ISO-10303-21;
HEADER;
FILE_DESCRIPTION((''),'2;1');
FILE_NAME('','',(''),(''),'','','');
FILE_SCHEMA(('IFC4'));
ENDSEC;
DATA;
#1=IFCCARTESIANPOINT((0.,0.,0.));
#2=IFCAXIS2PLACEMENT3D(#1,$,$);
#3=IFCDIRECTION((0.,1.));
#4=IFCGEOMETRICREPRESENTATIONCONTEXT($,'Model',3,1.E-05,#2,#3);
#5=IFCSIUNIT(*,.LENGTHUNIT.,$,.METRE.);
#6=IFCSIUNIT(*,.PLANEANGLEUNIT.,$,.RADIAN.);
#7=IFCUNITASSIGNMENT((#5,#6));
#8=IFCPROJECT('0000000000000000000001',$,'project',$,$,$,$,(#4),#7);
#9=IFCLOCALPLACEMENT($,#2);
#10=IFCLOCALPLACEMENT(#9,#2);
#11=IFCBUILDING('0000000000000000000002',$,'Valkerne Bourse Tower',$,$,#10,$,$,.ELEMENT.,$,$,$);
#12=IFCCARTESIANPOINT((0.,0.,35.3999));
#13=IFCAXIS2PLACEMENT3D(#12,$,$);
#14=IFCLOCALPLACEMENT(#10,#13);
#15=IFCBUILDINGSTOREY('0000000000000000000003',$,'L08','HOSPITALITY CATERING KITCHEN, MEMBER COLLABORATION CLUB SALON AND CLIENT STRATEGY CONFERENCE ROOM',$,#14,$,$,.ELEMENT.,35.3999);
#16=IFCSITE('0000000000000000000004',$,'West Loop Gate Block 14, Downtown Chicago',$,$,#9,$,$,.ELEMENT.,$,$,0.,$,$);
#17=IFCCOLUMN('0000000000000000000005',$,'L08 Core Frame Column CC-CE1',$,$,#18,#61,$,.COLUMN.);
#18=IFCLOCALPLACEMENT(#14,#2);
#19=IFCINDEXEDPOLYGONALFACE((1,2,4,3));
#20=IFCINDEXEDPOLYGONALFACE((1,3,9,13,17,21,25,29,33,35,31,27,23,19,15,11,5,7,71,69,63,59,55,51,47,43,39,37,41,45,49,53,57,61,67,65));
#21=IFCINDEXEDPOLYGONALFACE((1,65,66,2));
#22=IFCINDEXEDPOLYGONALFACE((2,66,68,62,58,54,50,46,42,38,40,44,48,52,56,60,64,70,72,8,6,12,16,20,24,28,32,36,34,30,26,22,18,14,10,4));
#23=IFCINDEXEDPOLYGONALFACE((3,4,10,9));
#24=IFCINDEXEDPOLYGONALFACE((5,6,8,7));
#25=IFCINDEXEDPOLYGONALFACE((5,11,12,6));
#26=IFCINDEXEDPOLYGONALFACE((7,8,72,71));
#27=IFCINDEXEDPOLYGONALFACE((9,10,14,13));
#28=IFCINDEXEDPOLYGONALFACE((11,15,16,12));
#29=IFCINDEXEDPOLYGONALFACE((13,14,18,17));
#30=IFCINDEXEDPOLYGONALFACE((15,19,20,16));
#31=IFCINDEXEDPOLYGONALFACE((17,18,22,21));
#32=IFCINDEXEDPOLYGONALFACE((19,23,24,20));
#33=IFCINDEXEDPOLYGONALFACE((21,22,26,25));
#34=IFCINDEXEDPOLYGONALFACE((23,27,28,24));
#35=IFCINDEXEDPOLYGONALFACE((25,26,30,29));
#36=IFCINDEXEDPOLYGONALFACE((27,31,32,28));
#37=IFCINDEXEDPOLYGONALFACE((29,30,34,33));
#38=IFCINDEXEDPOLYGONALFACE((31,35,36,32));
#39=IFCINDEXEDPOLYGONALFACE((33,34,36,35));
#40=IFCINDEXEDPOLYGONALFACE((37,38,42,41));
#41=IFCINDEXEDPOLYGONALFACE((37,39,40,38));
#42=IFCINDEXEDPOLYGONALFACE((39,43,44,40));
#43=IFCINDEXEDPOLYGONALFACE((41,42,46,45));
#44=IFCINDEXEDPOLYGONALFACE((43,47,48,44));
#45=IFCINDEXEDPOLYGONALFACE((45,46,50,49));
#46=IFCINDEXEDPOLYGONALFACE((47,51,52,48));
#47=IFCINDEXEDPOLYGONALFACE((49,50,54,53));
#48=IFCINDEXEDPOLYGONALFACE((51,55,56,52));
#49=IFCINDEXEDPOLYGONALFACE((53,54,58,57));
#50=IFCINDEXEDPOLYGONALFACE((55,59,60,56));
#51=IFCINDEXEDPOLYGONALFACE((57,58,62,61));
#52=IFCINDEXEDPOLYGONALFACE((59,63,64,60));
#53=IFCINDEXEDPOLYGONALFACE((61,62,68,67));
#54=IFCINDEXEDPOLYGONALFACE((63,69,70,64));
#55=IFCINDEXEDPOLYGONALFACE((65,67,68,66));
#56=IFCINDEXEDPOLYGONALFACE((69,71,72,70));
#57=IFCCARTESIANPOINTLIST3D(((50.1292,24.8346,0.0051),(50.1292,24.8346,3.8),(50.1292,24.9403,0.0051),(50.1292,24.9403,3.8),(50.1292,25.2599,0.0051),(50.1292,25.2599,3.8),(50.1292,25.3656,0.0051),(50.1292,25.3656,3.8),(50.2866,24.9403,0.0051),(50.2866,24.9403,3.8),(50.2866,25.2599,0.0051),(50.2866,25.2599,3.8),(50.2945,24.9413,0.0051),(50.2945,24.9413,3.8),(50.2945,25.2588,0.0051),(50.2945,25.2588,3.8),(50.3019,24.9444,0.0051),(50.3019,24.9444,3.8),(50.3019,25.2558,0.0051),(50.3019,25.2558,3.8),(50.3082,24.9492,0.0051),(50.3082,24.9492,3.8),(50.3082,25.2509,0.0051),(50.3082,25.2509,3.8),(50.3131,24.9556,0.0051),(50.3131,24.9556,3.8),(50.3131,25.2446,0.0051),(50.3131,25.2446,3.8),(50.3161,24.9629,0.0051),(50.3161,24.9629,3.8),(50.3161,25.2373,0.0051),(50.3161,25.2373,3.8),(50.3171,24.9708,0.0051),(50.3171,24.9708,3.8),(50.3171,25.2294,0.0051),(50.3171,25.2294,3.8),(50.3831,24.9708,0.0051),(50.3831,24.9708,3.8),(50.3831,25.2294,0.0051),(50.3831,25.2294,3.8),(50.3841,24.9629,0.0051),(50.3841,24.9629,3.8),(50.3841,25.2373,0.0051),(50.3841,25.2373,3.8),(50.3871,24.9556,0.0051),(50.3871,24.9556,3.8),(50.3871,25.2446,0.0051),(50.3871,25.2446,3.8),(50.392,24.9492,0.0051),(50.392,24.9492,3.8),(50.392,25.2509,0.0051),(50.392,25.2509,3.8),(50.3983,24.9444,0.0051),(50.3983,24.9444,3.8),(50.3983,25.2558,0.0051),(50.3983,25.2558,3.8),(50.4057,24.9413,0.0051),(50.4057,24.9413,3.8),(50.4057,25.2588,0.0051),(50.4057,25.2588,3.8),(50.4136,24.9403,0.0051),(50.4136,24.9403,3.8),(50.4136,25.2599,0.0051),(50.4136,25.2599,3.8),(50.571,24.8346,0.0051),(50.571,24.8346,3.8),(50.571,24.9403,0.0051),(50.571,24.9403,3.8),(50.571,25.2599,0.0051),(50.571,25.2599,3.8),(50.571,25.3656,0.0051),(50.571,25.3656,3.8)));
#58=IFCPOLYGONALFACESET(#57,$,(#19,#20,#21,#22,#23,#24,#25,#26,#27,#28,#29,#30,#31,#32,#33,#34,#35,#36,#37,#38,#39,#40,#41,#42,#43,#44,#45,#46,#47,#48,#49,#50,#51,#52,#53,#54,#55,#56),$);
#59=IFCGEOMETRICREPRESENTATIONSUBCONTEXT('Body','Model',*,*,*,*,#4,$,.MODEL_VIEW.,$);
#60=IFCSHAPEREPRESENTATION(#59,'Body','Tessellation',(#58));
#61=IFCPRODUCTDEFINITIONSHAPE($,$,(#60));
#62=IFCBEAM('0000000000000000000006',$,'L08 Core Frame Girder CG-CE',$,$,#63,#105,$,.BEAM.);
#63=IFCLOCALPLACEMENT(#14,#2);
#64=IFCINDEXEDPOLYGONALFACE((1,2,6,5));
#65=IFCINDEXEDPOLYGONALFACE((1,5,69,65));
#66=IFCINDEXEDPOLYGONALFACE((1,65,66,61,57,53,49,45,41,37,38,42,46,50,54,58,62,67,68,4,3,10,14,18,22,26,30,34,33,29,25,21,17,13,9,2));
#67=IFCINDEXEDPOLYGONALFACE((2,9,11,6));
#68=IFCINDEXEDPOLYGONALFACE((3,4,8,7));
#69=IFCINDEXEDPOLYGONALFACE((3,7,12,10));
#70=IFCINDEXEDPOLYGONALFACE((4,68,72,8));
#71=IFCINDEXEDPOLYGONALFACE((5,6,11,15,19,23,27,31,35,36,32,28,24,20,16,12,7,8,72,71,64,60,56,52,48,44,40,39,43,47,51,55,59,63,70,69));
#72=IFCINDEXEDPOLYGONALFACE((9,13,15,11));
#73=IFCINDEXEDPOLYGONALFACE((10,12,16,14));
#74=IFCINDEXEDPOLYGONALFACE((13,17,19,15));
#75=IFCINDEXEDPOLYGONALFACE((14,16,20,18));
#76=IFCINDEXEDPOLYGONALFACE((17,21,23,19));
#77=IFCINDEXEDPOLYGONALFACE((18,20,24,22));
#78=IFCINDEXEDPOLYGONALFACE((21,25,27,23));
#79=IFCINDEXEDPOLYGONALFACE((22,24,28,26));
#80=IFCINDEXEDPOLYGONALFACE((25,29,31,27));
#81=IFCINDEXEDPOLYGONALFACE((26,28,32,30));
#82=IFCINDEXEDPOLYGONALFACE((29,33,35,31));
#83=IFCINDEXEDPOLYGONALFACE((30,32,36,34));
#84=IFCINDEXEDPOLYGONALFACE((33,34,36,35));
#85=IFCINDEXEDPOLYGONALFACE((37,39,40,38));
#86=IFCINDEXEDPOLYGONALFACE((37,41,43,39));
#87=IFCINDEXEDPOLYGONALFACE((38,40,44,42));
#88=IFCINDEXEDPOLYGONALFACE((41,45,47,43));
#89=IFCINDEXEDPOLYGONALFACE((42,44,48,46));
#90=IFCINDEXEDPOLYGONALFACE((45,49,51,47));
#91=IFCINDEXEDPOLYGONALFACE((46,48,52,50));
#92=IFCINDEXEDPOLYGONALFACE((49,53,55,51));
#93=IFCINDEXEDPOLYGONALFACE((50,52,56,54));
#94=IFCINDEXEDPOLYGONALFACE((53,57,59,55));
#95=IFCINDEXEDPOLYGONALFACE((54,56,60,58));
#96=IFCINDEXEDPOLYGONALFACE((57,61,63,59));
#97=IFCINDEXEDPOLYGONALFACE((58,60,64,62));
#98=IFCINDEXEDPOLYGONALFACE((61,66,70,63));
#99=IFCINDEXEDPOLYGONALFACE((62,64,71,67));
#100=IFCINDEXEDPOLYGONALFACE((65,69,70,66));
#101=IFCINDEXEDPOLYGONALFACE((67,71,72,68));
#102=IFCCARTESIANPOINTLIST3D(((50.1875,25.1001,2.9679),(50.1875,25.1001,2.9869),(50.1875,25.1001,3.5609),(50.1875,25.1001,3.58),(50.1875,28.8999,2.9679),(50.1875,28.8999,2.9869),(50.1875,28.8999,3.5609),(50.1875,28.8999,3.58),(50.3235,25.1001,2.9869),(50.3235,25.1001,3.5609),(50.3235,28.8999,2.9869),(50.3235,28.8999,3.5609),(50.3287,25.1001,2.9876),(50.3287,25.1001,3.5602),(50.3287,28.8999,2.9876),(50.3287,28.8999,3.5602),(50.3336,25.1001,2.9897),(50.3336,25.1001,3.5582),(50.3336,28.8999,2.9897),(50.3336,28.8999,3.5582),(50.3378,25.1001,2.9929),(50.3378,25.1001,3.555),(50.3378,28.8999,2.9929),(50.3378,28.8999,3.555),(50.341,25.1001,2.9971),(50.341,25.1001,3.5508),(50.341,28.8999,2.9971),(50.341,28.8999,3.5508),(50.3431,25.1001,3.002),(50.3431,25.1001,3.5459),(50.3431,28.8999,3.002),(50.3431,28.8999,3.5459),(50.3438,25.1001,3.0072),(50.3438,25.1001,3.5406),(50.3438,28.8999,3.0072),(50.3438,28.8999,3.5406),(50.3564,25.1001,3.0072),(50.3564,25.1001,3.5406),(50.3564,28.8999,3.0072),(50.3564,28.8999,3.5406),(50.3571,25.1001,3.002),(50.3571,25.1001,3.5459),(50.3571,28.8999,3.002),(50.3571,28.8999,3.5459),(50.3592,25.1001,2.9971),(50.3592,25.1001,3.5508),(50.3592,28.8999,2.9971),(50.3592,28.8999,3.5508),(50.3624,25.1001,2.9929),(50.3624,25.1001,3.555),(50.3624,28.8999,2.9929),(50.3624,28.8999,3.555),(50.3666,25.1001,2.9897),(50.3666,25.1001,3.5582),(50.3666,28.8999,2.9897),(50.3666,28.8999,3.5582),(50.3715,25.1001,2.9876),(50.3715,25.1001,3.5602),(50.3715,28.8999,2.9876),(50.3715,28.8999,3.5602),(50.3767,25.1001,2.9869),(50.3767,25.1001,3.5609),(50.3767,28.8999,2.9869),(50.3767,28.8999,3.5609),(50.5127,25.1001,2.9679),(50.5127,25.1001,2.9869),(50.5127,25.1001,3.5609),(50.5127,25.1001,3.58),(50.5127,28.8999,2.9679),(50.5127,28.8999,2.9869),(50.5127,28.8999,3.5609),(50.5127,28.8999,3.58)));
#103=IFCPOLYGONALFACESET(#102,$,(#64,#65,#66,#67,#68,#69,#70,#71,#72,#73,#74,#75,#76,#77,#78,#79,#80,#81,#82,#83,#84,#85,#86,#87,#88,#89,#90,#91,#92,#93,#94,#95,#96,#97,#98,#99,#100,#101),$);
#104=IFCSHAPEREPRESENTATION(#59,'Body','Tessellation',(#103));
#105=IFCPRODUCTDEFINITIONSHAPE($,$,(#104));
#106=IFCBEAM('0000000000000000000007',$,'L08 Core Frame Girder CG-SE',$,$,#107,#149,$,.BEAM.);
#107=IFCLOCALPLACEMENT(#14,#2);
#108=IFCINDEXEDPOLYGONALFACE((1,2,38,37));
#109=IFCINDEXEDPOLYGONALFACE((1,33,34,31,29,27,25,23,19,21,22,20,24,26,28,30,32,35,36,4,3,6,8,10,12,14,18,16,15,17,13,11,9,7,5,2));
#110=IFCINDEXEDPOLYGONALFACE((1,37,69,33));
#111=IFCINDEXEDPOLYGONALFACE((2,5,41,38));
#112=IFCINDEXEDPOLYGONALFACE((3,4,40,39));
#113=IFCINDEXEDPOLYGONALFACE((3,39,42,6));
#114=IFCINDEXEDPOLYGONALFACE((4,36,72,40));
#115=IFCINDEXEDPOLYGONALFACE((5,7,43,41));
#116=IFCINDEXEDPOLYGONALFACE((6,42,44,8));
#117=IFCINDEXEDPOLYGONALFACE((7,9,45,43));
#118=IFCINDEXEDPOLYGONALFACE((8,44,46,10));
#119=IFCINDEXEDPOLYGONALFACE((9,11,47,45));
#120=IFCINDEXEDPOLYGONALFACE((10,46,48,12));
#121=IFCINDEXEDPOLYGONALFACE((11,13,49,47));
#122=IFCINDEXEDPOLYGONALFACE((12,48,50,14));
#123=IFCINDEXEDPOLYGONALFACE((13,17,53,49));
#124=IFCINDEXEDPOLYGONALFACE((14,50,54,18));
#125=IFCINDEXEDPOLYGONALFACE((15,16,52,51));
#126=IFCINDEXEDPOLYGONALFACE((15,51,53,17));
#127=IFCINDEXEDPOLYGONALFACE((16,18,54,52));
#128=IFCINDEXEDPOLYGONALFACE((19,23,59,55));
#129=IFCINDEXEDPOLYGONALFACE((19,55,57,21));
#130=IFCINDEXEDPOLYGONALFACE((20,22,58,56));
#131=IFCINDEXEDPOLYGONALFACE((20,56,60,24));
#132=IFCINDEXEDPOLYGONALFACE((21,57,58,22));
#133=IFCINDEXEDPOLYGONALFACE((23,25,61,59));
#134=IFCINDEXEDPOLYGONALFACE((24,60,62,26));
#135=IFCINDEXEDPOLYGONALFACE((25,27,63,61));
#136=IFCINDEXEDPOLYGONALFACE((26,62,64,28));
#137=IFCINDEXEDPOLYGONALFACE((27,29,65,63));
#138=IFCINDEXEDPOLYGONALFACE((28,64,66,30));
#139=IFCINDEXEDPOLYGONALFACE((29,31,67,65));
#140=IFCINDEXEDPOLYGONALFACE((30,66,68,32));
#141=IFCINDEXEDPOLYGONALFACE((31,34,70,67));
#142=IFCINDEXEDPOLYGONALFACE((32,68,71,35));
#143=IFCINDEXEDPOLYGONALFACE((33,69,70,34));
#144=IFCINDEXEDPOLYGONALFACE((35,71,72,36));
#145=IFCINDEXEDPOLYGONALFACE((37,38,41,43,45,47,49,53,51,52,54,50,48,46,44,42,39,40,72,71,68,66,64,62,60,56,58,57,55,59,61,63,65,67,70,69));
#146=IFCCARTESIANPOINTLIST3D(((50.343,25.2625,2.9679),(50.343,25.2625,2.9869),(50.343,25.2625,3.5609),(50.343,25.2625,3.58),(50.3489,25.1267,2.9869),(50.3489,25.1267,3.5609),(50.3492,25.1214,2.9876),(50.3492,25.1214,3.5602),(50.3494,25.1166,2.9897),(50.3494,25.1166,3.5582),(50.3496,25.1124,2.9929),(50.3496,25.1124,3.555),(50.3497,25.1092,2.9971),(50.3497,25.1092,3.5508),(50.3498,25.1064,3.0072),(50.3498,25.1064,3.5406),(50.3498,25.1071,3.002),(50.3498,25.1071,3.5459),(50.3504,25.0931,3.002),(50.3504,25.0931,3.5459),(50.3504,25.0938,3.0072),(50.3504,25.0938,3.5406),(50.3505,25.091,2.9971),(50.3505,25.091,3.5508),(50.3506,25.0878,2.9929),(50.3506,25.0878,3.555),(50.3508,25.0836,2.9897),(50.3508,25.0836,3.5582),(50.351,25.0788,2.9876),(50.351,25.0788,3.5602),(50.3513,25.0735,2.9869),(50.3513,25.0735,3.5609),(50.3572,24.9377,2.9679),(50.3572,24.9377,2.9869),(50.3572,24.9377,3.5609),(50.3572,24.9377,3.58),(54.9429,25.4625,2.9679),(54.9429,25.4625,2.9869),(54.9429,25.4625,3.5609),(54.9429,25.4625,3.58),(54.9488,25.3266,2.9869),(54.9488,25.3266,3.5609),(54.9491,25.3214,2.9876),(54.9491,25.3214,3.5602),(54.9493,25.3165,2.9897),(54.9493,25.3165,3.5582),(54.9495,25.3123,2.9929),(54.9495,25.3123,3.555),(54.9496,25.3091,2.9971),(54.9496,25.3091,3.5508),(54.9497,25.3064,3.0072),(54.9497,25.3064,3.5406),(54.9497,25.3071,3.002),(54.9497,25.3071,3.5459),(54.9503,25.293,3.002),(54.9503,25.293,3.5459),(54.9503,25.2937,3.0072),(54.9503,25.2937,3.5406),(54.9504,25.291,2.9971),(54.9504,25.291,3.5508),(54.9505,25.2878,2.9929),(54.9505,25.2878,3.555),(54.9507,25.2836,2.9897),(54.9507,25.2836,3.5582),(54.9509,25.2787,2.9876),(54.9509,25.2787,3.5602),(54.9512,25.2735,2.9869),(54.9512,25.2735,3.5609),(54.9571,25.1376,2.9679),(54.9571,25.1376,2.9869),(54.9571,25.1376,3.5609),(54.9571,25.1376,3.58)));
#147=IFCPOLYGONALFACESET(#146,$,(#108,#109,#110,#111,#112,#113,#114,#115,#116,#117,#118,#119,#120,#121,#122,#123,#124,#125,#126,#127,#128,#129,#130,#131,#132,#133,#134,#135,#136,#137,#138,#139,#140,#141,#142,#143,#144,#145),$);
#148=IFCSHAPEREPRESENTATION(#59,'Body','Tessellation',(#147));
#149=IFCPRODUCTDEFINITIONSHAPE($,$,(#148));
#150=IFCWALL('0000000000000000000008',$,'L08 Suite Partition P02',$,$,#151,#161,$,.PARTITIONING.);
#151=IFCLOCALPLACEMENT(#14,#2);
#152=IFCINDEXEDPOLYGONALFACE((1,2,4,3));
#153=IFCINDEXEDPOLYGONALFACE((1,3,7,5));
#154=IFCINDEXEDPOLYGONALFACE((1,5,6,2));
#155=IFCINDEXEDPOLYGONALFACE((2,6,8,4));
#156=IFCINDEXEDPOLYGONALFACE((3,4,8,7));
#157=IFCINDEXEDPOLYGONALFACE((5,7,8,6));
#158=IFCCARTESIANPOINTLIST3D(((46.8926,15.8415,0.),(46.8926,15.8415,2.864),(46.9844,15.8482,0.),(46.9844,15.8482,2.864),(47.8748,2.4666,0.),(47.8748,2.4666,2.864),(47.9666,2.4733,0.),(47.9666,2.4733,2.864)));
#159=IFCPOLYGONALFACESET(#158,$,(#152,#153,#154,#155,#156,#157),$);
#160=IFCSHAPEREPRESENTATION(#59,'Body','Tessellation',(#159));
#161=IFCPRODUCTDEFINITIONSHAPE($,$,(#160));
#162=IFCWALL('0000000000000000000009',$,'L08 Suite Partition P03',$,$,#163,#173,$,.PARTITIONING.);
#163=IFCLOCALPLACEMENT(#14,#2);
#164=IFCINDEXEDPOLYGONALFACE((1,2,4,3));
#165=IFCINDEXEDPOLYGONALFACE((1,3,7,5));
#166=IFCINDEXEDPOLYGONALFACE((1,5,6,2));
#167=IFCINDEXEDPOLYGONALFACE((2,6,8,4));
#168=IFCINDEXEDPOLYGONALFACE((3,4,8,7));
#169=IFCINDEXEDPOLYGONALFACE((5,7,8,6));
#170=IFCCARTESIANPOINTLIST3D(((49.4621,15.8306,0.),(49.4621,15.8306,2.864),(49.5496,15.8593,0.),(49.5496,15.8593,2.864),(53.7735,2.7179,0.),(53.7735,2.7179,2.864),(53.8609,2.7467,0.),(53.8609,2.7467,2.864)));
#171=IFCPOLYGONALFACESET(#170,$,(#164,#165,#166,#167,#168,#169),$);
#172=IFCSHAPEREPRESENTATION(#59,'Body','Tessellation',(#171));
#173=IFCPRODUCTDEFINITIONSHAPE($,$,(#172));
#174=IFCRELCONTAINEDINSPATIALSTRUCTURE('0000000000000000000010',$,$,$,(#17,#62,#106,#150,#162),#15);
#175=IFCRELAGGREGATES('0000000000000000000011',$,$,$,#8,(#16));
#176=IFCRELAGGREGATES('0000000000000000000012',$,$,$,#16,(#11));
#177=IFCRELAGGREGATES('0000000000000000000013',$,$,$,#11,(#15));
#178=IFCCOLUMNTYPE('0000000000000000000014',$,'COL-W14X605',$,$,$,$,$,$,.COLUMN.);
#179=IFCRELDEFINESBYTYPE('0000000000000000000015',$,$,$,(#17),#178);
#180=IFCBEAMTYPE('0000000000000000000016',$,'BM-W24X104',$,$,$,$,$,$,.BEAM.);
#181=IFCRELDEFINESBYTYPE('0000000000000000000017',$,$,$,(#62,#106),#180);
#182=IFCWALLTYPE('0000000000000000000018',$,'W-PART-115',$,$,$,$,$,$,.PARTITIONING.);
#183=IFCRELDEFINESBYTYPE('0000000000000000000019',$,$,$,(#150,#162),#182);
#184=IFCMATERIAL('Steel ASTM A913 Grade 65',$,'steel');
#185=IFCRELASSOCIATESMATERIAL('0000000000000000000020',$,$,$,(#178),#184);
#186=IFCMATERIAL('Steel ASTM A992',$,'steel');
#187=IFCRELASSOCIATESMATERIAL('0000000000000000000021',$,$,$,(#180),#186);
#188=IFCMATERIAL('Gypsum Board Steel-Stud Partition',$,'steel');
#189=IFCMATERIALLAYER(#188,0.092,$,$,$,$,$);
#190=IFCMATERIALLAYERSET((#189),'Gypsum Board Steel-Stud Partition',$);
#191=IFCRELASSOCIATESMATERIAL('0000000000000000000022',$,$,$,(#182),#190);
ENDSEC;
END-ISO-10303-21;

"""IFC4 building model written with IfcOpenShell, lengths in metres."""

from ifc_helpers import new_model, si_unit, direction, frame, frame_2d, origin, origin_2d, place, context, subcontext, project, spatial, rectangle, i_section, extrude, material, layer, layer_set, material_profile, profile_set, type_object, element, save


model = new_model("IFC4")

# Units and contexts
model_context = context("Model", 3, precision=1e-05, world=origin(), true_north=direction((0.0, 1.0)))
body_context = subcontext(model_context, "Body", "Model", "MODEL_VIEW")
ifc_project = project(units=[si_unit("LENGTHUNIT", "METRE"), si_unit("PLANEANGLEUNIT", "RADIAN")], contexts=[model_context])

# Site, building, storey
site_placement = place(None, origin())
site = spatial("IfcSite", under=ifc_project, at=site_placement, Name="West Loop Gate Block 14, Downtown Chicago", CompositionType="ELEMENT", RefElevation=0.0)
building_placement = place(site_placement, origin())
building = spatial("IfcBuilding", under=site, at=building_placement, Name="Valkerne Bourse Tower", CompositionType="ELEMENT")
storey_placement = place(building_placement, frame((0.0, 0.0, 35.3999)))
storey = spatial("IfcBuildingStorey", under=building, at=storey_placement, Name="L08", Description="HOSPITALITY CATERING KITCHEN, MEMBER COLLABORATION CLUB SALON AND CLIENT STRATEGY CONFERENCE ROOM", CompositionType="ELEMENT", Elevation=35.3999)

# Column
ifc_material_1 = material(Name="Steel ASTM A913 Grade 65", Category="steel")
ifc_material_profile_1 = material_profile(ifc_material_1, i_section(OverallWidth=0.4419, OverallDepth=0.531, WebThickness=0.0659, FlangeThickness=0.1057, FilletRadius=0.0305, at=origin_2d()), Name="W14X605")
ifc_profile_set_1 = profile_set([ifc_material_profile_1], Name="Steel ASTM A913 Grade 65")
column_type = type_object("IfcColumnType", Name="COL-W14X605", PredefinedType="COLUMN", material=ifc_profile_set_1)
column_placement = place(storey_placement, frame((50.3501, 25.1001, 0.0051), z_axis=(0.0, 0.0, 1.0), x_axis=(1.0, 0.0, 0.0)))
element("IfcColumn", 1, at=column_placement, inside=storey, type_object=column_type, Name="L08 Core Frame Column CC-CE1", PredefinedType="COLUMN", context=body_context, shape_type="SweptSolid", body=[
    extrude(i_section(OverallWidth=0.4419, OverallDepth=0.531, WebThickness=0.0659, FlangeThickness=0.1057, FilletRadius=0.0305, at=origin_2d()), origin(), (0.0, 0.0, 1.0), 3.7949),
])

# Beams
ifc_material_2 = material(Name="Steel ASTM A992", Category="steel")
ifc_material_profile_2 = material_profile(ifc_material_2, i_section(OverallWidth=0.3252, OverallDepth=0.6121, WebThickness=0.0127, FlangeThickness=0.019, FilletRadius=0.0203, at=origin_2d()), Name="W24X104")
ifc_profile_set_2 = profile_set([ifc_material_profile_2], Name="Steel ASTM A992")
beam_type = type_object("IfcBeamType", Name="BM-W24X104", PredefinedType="BEAM", material=ifc_profile_set_2)
beam_1_placement = place(storey_placement, frame((50.3501, 25.1001, 3.2739), z_axis=(0.0, 1.0, 0.0), x_axis=(-1.0, 0.0, 0.0)))
element("IfcBeam", 2, at=beam_1_placement, inside=storey, type_object=beam_type, Name="L08 Core Frame Girder CG-CE", PredefinedType="BEAM", context=body_context, shape_type="SweptSolid", body=[
    extrude(i_section(OverallWidth=0.3252, OverallDepth=0.6121, WebThickness=0.0127, FlangeThickness=0.019, FilletRadius=0.0203, at=origin_2d()), origin(), (0.0, 0.0, 1.0), 3.7998),
])
beam_2_placement = place(storey_placement, frame((50.3501, 25.1001, 3.2739), z_axis=(0.999057, 0.043428, 0.0), x_axis=(-0.043428, 0.999057, 0.0)))
element("IfcBeam", 3, at=beam_2_placement, inside=storey, type_object=beam_type, Name="L08 Core Frame Girder CG-SE", PredefinedType="BEAM", context=body_context, shape_type="SweptSolid", body=[
    extrude(i_section(OverallWidth=0.3252, OverallDepth=0.6121, WebThickness=0.0127, FlangeThickness=0.019, FilletRadius=0.0203, at=origin_2d()), origin(), (0.0, 0.0, 1.0), 4.6042),
])

# Walls
ifc_material_3 = material(Name="Gypsum Board Steel-Stud Partition", Category="steel")
ifc_layer_1 = layer(ifc_material_3, 0.092)
ifc_layer_set_1 = layer_set([ifc_layer_1], Name="Gypsum Board Steel-Stud Partition")
wall_type_1 = type_object("IfcWallType", Name="W-PART-115", PredefinedType="PARTITIONING", material=ifc_layer_set_1)
wall_1_placement = place(storey_placement, frame((46.9385, 15.845, 0.0), z_axis=(0.0, 0.0, 1.0), x_axis=(0.073238, -0.997314, 0.0)))
element("IfcWall", 4, at=wall_1_placement, inside=storey, type_object=wall_type_1, Name="L08 Suite Partition P02", PredefinedType="PARTITIONING", context=body_context, shape_type="SweptSolid", body=[
    extrude(rectangle(XDim=13.4109, YDim=0.092, at=frame_2d((6.7056, 0.0))), origin(), (0.0, 0.0, 1.0), 2.864),
])
wall_2_placement = place(storey_placement, frame((49.5059, 15.845, 0.0), z_axis=(0.0, 0.0, 1.0), x_axis=(0.312341, -0.94997, 0.0)))
element("IfcWall", 5, at=wall_2_placement, inside=storey, type_object=wall_type_1, Name="L08 Suite Partition P03", PredefinedType="PARTITIONING", context=body_context, shape_type="SweptSolid", body=[
    extrude(rectangle(XDim=13.8032, YDim=0.092, at=frame_2d((6.9016, 0.0))), origin(), (0.0, 0.0, 1.0), 2.864),
])

save(model, "model.ifc")
